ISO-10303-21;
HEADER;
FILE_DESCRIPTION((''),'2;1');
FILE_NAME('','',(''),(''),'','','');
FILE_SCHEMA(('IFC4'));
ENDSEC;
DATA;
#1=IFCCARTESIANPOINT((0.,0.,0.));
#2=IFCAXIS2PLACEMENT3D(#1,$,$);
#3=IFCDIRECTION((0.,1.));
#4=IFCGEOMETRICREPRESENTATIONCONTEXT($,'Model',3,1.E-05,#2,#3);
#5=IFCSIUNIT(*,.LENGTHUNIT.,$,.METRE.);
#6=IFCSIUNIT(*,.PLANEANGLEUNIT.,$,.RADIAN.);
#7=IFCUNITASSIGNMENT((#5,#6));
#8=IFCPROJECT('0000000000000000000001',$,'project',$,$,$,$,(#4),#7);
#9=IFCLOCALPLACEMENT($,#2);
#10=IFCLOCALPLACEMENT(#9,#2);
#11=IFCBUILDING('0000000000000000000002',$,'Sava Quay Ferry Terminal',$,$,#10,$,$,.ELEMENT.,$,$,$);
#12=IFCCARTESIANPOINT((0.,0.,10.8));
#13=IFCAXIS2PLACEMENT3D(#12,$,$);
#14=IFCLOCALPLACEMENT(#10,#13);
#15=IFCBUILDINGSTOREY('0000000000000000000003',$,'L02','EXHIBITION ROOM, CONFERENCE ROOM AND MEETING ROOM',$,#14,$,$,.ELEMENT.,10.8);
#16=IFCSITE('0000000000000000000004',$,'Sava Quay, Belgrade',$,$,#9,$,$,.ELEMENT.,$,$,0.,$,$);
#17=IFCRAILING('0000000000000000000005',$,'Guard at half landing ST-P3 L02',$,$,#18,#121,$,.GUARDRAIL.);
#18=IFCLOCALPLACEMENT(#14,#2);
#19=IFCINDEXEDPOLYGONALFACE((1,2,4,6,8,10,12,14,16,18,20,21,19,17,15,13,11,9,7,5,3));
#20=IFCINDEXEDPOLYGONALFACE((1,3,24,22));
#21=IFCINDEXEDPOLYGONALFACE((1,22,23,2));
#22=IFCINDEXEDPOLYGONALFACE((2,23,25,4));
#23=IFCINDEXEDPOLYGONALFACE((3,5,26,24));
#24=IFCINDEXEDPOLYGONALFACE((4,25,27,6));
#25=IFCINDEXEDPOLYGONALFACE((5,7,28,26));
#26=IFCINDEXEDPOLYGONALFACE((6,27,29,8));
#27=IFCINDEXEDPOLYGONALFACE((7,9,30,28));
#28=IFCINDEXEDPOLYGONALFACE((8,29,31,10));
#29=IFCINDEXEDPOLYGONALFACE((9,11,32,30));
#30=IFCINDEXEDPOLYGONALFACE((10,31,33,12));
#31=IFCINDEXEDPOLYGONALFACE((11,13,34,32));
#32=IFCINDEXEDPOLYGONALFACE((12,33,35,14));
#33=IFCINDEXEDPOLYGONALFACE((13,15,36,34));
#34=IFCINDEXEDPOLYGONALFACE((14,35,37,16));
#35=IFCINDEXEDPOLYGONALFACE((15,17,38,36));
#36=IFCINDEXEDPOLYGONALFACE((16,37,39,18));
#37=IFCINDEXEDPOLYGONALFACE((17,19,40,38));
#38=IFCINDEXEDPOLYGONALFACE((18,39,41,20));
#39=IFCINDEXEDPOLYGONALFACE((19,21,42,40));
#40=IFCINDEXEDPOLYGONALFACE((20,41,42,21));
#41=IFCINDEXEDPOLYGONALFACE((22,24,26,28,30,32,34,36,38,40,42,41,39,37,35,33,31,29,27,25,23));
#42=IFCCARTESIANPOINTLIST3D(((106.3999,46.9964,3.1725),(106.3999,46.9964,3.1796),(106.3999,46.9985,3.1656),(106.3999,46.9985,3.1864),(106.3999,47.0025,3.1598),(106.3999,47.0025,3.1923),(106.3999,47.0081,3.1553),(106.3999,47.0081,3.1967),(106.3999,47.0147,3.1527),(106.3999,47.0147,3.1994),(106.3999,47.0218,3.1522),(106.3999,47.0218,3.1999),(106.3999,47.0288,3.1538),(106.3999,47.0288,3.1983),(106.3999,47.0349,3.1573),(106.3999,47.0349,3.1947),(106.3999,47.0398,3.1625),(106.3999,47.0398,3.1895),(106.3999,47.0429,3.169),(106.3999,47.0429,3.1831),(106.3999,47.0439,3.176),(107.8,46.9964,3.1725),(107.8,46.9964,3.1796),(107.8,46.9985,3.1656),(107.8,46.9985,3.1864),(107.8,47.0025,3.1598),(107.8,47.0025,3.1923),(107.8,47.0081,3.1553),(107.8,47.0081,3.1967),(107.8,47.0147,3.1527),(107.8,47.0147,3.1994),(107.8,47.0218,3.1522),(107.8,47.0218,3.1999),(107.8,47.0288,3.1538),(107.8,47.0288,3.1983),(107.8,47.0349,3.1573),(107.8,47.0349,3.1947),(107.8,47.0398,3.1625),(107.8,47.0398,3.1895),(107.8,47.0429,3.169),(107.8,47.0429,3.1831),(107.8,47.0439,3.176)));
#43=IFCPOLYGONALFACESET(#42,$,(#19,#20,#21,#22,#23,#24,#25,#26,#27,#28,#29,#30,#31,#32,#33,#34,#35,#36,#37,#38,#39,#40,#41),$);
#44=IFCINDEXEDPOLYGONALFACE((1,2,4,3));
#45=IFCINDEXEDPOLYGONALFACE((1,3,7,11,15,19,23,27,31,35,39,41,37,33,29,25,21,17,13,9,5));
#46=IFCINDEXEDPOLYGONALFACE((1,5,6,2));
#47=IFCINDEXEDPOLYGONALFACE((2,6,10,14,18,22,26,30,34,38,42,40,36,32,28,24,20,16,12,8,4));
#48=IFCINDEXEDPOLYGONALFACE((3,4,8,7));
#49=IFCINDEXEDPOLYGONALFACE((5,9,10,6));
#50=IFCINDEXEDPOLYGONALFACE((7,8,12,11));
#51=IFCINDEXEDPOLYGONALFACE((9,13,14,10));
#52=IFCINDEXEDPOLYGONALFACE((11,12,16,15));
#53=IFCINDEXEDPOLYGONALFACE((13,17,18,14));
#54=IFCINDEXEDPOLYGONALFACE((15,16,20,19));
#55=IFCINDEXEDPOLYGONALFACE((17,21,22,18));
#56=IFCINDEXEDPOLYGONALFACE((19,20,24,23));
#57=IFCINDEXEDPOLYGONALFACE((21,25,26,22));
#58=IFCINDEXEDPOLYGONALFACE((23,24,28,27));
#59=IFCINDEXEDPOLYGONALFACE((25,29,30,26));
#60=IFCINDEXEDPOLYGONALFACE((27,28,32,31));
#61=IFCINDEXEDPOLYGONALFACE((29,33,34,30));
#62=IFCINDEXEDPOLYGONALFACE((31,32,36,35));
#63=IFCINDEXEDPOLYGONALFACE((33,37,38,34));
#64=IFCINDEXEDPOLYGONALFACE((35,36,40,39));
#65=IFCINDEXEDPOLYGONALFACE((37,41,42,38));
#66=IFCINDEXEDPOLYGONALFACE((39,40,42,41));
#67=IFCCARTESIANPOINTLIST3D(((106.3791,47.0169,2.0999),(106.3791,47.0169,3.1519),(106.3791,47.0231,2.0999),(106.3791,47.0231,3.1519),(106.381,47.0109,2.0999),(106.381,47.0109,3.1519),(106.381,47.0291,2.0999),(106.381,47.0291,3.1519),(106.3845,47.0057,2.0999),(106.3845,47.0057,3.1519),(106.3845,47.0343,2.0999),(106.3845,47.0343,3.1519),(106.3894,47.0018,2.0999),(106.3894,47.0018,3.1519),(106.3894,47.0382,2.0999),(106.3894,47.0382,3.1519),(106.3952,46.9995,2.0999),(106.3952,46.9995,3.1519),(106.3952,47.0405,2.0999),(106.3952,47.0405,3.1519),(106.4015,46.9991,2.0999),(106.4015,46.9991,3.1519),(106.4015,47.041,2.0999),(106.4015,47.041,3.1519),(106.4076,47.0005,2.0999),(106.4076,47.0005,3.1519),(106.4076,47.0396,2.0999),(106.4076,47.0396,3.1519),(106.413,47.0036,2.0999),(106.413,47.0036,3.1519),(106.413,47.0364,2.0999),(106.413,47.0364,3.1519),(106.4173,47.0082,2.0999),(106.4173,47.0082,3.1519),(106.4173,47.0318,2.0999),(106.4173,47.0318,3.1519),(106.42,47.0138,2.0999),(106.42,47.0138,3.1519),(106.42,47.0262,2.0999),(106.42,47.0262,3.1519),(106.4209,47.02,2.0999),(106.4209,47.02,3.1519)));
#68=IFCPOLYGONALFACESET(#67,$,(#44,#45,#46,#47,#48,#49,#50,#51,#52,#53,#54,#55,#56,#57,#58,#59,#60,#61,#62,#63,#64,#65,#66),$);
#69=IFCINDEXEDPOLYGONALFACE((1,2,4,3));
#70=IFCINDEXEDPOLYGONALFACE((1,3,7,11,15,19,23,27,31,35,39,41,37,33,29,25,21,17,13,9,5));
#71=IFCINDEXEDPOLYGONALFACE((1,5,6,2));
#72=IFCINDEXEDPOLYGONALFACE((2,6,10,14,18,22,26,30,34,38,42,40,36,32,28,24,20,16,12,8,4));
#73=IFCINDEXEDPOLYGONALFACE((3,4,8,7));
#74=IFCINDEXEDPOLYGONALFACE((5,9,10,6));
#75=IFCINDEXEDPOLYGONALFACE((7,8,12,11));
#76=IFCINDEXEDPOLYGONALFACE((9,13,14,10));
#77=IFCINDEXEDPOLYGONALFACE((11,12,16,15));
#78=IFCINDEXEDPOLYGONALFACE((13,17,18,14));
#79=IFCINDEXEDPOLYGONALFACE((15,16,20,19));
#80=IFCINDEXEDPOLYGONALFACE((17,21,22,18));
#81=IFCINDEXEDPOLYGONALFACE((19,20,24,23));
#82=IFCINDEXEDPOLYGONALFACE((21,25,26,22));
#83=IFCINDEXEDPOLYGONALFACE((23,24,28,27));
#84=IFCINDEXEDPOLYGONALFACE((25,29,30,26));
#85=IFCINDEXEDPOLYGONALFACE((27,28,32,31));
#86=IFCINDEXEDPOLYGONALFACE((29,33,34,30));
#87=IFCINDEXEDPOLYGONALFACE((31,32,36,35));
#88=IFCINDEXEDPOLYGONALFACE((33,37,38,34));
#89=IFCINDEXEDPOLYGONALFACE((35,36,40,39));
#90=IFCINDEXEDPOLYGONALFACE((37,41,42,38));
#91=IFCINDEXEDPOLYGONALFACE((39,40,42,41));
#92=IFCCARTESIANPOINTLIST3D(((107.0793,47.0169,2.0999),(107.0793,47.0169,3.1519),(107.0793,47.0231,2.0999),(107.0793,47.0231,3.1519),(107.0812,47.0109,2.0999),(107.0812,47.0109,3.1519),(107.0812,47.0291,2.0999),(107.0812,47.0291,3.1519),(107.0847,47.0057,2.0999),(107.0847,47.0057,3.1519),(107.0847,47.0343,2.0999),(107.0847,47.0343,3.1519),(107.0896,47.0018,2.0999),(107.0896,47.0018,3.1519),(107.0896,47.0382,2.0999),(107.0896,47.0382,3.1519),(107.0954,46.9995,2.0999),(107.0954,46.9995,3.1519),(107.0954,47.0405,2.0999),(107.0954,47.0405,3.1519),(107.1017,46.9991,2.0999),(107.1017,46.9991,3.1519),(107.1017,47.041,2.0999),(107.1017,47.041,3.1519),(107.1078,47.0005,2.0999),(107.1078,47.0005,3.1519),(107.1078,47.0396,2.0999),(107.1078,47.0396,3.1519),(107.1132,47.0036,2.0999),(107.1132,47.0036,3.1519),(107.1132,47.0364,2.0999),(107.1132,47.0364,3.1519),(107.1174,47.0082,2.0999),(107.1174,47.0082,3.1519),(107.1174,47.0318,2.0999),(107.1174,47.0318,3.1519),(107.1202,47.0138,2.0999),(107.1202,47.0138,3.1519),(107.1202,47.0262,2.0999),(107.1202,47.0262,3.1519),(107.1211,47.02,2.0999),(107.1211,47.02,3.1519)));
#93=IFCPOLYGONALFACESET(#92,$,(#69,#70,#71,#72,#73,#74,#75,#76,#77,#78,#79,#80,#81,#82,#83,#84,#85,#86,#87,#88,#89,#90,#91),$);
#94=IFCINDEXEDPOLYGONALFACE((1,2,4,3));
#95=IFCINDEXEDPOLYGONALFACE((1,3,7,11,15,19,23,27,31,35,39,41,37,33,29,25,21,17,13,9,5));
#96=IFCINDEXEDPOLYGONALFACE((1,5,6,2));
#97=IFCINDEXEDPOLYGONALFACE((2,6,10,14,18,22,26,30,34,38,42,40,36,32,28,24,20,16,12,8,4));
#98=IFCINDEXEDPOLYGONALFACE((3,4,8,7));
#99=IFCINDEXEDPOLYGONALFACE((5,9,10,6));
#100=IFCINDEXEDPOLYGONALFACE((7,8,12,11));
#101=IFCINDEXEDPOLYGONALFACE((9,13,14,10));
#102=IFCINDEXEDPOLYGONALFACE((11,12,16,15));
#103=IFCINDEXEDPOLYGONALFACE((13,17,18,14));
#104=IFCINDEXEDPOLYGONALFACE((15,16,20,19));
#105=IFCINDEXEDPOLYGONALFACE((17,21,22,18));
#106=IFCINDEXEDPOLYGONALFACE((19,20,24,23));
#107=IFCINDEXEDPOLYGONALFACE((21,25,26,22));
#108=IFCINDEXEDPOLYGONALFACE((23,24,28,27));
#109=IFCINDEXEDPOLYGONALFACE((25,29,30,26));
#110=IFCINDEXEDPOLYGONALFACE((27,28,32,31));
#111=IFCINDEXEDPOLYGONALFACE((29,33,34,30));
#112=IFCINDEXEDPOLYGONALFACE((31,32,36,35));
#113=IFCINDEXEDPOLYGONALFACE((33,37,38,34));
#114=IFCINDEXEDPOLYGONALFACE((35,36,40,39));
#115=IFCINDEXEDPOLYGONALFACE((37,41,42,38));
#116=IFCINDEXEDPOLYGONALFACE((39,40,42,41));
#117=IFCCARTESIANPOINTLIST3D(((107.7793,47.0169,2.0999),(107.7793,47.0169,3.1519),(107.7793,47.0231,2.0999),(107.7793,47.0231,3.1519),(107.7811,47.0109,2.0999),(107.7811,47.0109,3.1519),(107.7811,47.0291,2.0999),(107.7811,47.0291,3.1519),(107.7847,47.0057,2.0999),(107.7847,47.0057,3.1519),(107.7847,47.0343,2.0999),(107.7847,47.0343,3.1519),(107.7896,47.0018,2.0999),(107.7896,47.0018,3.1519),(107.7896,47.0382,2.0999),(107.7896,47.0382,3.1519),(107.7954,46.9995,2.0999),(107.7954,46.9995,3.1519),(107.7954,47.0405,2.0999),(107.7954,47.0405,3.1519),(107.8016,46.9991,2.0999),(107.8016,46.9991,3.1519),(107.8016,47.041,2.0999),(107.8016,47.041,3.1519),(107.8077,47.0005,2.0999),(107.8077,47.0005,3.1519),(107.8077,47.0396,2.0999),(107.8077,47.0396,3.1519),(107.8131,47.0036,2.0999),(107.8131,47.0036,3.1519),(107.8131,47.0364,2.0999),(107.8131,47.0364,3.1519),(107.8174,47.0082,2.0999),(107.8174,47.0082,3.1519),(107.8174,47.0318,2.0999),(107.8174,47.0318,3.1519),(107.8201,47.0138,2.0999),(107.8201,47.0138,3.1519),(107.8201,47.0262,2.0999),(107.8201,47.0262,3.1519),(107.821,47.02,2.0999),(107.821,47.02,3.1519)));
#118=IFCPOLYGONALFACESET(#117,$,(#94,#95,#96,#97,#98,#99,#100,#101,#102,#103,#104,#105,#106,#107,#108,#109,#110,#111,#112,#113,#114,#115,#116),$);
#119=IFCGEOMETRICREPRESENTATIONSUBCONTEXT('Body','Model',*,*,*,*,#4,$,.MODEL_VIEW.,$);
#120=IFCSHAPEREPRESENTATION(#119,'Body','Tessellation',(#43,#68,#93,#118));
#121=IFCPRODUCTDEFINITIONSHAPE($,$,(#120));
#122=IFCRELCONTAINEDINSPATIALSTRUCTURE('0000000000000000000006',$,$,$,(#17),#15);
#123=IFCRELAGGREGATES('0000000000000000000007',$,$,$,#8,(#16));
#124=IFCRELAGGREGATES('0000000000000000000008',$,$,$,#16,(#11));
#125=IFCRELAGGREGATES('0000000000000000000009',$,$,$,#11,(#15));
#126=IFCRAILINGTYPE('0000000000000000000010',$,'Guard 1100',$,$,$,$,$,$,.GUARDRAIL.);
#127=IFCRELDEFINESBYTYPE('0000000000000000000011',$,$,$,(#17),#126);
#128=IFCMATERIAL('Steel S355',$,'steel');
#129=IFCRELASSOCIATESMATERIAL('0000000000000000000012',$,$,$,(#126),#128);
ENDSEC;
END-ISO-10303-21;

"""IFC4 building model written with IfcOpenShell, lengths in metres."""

from ifc_helpers import new_model, si_unit, direction, frame, origin, origin_2d, place, context, subcontext, project, spatial, circle, extrude, material, type_object, element, save


model = new_model("IFC4")

# Units and contexts
model_context = context("Model", 3, precision=1e-05, world=origin(), true_north=direction((0.0, 1.0)))
body_context = subcontext(model_context, "Body", "Model", "MODEL_VIEW")
ifc_project = project(units=[si_unit("LENGTHUNIT", "METRE"), si_unit("PLANEANGLEUNIT", "RADIAN")], contexts=[model_context])

# Site, building, storey
site_placement = place(None, origin())
site = spatial("IfcSite", under=ifc_project, at=site_placement, Name="Sava Quay, Belgrade", CompositionType="ELEMENT", RefElevation=0.0)
building_placement = place(site_placement, origin())
building = spatial("IfcBuilding", under=site, at=building_placement, Name="Sava Quay Ferry Terminal", CompositionType="ELEMENT")
storey_placement = place(building_placement, frame((0.0, 0.0, 10.8)))
storey = spatial("IfcBuildingStorey", under=building, at=storey_placement, Name="L02", Description="EXHIBITION ROOM, CONFERENCE ROOM AND MEETING ROOM", CompositionType="ELEMENT", Elevation=10.8)

# Railing
ifc_material_1 = material(Name="Steel S355", Category="steel")
railing_type_1 = type_object("IfcRailingType", Name="Guard 1100", PredefinedType="GUARDRAIL", material=ifc_material_1)
railing_1_placement = place(storey_placement, frame((106.3999, 47.02, 2.0999)))
element("IfcRailing", 1, at=railing_1_placement, inside=storey, type_object=railing_type_1, Name="Guard at half landing ST-P3 L02", PredefinedType="GUARDRAIL", context=body_context, shape_type="SweptSolid", body=[
    extrude(circle(Radius=0.0239, at=origin_2d()), frame((0.0, 0.0, 1.0762), z_axis=(1.0, 0.0, 0.0), x_axis=(0.0, 1.0, 0.0)), (0.0, 0.0, 1.0), 1.4001),
    extrude(circle(Radius=0.021, at=origin_2d()), origin(), (0.0, 0.0, 1.0), 1.052),
    extrude(circle(Radius=0.021, at=origin_2d()), frame((0.7002, 0.0, 0.0)), (0.0, 0.0, 1.0), 1.052),
    extrude(circle(Radius=0.021, at=origin_2d()), frame((1.4001, 0.0, 0.0)), (0.0, 0.0, 1.0), 1.052),
])

save(model, "model.ifc")
